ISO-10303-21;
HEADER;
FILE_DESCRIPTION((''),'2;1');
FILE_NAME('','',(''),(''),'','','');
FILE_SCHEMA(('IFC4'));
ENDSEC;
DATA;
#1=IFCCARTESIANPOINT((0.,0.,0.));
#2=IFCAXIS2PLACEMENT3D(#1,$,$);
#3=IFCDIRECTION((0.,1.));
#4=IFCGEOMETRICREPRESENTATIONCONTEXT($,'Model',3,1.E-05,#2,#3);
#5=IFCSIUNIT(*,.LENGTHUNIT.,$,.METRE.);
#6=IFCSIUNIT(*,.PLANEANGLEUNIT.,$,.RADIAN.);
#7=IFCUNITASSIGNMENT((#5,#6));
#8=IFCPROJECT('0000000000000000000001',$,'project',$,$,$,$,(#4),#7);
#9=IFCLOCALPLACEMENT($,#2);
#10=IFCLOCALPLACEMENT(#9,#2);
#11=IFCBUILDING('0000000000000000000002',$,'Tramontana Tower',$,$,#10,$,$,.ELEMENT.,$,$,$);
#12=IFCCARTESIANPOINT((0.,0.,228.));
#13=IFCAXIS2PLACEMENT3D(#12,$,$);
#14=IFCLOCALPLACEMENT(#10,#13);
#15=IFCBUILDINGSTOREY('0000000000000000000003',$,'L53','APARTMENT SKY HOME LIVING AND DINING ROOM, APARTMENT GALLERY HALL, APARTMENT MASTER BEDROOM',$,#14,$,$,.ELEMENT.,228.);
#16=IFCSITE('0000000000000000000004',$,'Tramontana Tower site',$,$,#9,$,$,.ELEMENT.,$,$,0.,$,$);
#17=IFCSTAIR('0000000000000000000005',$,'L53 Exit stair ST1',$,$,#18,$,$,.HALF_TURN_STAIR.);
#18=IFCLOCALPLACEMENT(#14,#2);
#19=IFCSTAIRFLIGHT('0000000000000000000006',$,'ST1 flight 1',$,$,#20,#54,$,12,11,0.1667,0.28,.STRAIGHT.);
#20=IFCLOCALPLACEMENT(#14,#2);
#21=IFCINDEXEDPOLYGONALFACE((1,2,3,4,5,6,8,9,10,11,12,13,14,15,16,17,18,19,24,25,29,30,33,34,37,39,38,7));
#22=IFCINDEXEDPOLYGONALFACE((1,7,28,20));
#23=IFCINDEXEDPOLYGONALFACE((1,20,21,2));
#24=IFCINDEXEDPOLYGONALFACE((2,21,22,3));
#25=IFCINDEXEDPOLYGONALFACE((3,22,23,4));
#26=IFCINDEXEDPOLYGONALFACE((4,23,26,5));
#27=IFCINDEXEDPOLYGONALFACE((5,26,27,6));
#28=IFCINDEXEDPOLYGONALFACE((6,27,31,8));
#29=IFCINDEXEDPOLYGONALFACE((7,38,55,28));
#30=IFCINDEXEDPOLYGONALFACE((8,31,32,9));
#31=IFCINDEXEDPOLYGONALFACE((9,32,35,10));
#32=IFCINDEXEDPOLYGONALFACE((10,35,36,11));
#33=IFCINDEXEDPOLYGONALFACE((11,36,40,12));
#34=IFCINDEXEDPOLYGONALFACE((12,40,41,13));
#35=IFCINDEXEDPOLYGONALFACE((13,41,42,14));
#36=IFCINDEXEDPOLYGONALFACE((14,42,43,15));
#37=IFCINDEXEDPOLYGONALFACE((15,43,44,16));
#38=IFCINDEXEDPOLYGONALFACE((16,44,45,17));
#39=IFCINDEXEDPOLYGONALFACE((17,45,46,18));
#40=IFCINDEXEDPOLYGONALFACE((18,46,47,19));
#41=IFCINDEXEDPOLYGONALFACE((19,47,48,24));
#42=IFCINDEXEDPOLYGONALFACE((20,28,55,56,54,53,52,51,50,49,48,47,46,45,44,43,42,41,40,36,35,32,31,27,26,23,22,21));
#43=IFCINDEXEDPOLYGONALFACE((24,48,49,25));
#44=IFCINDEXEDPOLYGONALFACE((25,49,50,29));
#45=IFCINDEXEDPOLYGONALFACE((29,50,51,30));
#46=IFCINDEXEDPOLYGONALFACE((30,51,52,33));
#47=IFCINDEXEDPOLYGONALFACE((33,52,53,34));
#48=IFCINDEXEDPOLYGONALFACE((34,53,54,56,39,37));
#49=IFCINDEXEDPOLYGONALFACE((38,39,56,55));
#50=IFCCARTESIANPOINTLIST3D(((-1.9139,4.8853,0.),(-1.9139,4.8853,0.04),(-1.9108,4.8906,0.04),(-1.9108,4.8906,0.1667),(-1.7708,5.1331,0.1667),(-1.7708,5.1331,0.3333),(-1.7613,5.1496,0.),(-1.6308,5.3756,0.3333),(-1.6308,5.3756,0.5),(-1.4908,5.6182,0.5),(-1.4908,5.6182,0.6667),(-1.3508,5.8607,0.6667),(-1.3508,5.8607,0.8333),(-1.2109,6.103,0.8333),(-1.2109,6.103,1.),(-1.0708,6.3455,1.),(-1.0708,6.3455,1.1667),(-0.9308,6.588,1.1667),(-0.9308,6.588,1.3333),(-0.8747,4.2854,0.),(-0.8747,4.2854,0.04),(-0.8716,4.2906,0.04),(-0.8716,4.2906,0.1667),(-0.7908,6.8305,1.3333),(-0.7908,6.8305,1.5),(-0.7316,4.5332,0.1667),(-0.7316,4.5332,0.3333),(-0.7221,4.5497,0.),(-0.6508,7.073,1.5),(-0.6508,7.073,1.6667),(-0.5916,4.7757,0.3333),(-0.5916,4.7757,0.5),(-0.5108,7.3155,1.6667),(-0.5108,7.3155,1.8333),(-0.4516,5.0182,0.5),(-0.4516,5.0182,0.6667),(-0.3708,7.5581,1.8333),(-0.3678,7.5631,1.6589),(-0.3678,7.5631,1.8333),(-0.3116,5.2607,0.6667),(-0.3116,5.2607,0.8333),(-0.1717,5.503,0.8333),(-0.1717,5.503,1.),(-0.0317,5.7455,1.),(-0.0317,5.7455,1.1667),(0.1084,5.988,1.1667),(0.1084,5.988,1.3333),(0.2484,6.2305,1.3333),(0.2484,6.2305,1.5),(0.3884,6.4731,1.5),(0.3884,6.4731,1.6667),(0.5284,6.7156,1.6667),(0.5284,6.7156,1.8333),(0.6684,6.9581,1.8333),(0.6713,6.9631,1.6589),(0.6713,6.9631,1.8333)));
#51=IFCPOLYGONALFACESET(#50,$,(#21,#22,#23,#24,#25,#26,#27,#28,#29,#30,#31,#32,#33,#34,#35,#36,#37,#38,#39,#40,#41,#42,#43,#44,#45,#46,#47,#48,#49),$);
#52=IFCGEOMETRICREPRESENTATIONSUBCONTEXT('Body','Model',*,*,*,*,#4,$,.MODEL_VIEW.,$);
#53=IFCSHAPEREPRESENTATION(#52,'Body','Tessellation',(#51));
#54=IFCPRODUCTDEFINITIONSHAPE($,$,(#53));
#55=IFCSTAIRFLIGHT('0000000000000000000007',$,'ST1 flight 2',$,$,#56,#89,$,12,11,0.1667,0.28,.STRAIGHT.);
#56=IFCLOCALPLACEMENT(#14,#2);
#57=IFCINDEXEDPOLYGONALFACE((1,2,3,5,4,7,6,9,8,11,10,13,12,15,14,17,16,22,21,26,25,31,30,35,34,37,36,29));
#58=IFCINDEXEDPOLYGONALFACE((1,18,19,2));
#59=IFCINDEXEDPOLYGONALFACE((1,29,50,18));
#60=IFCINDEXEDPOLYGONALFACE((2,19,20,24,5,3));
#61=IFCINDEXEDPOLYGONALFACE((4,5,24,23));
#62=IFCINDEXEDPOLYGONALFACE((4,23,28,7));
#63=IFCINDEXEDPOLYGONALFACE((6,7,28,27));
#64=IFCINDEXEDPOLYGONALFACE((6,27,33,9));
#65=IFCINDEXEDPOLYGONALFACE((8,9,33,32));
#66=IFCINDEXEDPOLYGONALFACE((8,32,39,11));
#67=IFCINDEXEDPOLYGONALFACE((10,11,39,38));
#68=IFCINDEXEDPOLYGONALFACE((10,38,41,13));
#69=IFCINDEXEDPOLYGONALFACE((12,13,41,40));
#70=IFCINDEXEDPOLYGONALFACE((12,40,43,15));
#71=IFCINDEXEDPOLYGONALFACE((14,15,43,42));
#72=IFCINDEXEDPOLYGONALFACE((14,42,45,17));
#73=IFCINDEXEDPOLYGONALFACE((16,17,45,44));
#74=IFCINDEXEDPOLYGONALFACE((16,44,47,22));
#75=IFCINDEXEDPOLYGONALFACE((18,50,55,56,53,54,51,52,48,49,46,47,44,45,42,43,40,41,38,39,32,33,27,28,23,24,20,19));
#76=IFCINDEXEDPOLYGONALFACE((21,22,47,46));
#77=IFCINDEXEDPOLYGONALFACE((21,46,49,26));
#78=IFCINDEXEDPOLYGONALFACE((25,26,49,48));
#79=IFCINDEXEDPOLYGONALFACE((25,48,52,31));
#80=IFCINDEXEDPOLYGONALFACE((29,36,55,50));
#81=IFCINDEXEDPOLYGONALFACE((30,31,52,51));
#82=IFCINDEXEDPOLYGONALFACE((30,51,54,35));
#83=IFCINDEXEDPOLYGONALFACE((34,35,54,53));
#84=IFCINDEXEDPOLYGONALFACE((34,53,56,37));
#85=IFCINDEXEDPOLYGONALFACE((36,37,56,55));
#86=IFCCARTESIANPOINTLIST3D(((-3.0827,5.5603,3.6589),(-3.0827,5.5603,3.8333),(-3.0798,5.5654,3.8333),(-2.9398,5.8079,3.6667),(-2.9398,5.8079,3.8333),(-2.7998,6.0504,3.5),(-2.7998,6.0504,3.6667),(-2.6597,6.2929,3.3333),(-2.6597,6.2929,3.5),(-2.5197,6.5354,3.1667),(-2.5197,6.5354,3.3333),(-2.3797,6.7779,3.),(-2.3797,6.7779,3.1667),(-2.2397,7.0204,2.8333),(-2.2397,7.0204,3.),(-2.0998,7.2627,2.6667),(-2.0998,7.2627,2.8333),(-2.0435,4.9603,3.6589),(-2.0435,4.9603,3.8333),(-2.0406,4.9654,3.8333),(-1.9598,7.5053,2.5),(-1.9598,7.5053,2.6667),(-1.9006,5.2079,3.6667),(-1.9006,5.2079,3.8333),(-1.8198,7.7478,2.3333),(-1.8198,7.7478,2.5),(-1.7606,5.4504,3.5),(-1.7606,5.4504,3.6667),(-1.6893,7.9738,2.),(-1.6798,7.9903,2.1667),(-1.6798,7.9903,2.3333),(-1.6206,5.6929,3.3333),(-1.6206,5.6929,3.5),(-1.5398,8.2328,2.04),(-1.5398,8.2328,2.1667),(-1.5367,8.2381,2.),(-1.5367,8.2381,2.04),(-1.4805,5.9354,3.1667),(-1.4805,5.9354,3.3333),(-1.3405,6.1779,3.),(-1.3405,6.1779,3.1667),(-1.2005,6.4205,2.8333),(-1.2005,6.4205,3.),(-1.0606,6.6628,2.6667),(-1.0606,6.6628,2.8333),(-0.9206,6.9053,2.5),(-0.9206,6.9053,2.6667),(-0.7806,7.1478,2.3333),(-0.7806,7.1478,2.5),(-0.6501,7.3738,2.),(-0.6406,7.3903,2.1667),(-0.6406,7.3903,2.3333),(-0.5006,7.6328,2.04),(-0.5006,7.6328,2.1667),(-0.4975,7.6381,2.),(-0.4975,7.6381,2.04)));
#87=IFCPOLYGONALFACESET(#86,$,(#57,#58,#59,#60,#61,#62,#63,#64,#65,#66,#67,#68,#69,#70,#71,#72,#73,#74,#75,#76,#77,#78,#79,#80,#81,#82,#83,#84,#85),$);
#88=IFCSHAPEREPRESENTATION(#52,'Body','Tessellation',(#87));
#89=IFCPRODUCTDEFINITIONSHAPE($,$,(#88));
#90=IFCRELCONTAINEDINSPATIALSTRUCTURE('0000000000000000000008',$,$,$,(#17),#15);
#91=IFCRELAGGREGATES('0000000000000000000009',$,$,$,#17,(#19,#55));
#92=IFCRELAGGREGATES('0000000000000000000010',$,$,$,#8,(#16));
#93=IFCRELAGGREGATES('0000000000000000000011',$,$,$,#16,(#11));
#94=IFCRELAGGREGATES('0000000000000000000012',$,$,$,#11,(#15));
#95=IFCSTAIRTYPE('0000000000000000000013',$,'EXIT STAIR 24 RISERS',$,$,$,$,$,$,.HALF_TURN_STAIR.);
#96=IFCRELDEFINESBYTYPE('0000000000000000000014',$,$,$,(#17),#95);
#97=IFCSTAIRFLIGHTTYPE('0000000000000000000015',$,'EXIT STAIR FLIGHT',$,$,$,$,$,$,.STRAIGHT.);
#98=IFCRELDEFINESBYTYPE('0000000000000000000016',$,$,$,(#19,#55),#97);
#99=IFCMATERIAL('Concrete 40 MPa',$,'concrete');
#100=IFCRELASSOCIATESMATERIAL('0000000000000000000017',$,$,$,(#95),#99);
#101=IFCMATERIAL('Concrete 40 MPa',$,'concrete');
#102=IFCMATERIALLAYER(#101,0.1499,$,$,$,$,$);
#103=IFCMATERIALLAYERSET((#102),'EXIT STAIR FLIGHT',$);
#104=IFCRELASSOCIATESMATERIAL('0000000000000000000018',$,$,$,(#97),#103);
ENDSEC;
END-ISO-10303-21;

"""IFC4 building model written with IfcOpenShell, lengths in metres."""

from ifc_helpers import new_model, si_unit, direction, frame, origin, place, context, subcontext, project, spatial, polyline, outline, extrude, material, layer, layer_set, type_object, element, aggregate, save


model = new_model("IFC4")

# Units and contexts
model_context = context("Model", 3, precision=1e-05, world=origin(), true_north=direction((0.0, 1.0)))
body_context = subcontext(model_context, "Body", "Model", "MODEL_VIEW")
ifc_project = project(units=[si_unit("LENGTHUNIT", "METRE"), si_unit("PLANEANGLEUNIT", "RADIAN")], contexts=[model_context])

# Site, building, storey
site_placement = place(None, origin())
site = spatial("IfcSite", under=ifc_project, at=site_placement, Name="Tramontana Tower site", CompositionType="ELEMENT", RefElevation=0.0)
building_placement = place(site_placement, origin())
building = spatial("IfcBuilding", under=site, at=building_placement, Name="Tramontana Tower", CompositionType="ELEMENT")
storey_placement = place(building_placement, frame((0.0, 0.0, 228.0)))
storey = spatial("IfcBuildingStorey", under=building, at=storey_placement, Name="L53", Description="APARTMENT SKY HOME LIVING AND DINING ROOM, APARTMENT GALLERY HALL, APARTMENT MASTER BEDROOM", CompositionType="ELEMENT", Elevation=228.0)

# Stair, stair flights
ifc_material_1 = material(Name="Concrete 40 MPa", Category="concrete")
stair_type = type_object("IfcStairType", Name="EXIT STAIR 24 RISERS", PredefinedType="HALF_TURN_STAIR", material=ifc_material_1)
stair_placement = place(storey_placement, origin())
stair = element("IfcStair", 1, at=stair_placement, inside=storey, type_object=stair_type, Name="L53 Exit stair ST1", PredefinedType="HALF_TURN_STAIR")
ifc_material_2 = material(Name="Concrete 40 MPa", Category="concrete")
ifc_layer_1 = layer(ifc_material_2, 0.1499)
ifc_layer_set_1 = layer_set([ifc_layer_1], Name="EXIT STAIR FLIGHT")
stair_flight_type = type_object("IfcStairFlightType", Name="EXIT STAIR FLIGHT", PredefinedType="STRAIGHT", material=ifc_layer_set_1)
stair_flight_1_placement = place(storey_placement, frame((-1.3911, 4.5906, 0.0), z_axis=(0.0, 0.0, 1.0), x_axis=(0.5, 0.866025, 0.0)))
stair_flight_1 = element("IfcStairFlight", 2, at=stair_flight_1_placement, type_object=stair_flight_type, Name="ST1 flight 1", NumberOfRisers=12, NumberOfTreads=11, PredefinedType="STRAIGHT", RiserHeight=0.1667, TreadLength=0.28, context=body_context, shape_type="SweptSolid", body=[
    extrude(outline(polyline([(-0.0061, 0.0), (-0.0061, 0.04), (0.0, 0.04), (0.0, 0.1667), (0.28, 0.1667), (0.28, 0.3333), (0.5601, 0.3333), (0.5601, 0.5), (0.8401, 0.5), (0.8401, 0.6667), (1.1201, 0.6667), (1.1201, 0.8333), (1.3999, 0.8333), (1.3999, 1.0), (1.6799, 1.0), (1.6799, 1.1667), (1.96, 1.1667), (1.96, 1.3333), (2.24, 1.3333), (2.24, 1.5), (2.52, 1.5), (2.52, 1.6667), (2.8, 1.6667), (2.8, 1.8333), (3.0801, 1.8333), (3.0859, 1.8333), (3.0859, 1.6589), (0.2991, 0.0), (-0.0061, 0.0)])), frame((0.0, 0.6001, 0.0), z_axis=(0.0, -1.0, 0.0), x_axis=(1.0, 0.0, 0.0)), (0.0, 0.0, 1.0), 1.2),
])
stair_flight_2_placement = place(storey_placement, frame((-1.0203, 7.9329, 2.0), z_axis=(0.0, 0.0, 1.0), x_axis=(-0.5, -0.866025, 0.0)))
stair_flight_2 = element("IfcStairFlight", 3, at=stair_flight_2_placement, type_object=stair_flight_type, Name="ST1 flight 2", NumberOfRisers=12, NumberOfTreads=11, PredefinedType="STRAIGHT", RiserHeight=0.1667, TreadLength=0.28, context=body_context, shape_type="SweptSolid", body=[
    extrude(outline(polyline([(-0.0061, 0.0), (-0.0061, 0.04), (0.0, 0.04), (0.0, 0.1667), (0.28, 0.1667), (0.28, 0.3333), (0.5601, 0.3333), (0.5601, 0.5), (0.8401, 0.5), (0.8401, 0.6667), (1.1201, 0.6667), (1.1201, 0.8333), (1.3999, 0.8333), (1.3999, 1.0), (1.6799, 1.0), (1.6799, 1.1667), (1.96, 1.1667), (1.96, 1.3333), (2.24, 1.3333), (2.24, 1.5), (2.52, 1.5), (2.52, 1.6667), (2.8, 1.6667), (2.8, 1.8333), (3.0801, 1.8333), (3.0859, 1.8333), (3.0859, 1.6589), (0.2991, 0.0), (-0.0061, 0.0)])), frame((0.0, 0.6001, 0.0), z_axis=(0.0, -1.0, 0.0), x_axis=(1.0, 0.0, 0.0)), (0.0, 0.0, 1.0), 1.2),
])
aggregate(stair, [stair_flight_1, stair_flight_2])

save(model, "model.ifc")
